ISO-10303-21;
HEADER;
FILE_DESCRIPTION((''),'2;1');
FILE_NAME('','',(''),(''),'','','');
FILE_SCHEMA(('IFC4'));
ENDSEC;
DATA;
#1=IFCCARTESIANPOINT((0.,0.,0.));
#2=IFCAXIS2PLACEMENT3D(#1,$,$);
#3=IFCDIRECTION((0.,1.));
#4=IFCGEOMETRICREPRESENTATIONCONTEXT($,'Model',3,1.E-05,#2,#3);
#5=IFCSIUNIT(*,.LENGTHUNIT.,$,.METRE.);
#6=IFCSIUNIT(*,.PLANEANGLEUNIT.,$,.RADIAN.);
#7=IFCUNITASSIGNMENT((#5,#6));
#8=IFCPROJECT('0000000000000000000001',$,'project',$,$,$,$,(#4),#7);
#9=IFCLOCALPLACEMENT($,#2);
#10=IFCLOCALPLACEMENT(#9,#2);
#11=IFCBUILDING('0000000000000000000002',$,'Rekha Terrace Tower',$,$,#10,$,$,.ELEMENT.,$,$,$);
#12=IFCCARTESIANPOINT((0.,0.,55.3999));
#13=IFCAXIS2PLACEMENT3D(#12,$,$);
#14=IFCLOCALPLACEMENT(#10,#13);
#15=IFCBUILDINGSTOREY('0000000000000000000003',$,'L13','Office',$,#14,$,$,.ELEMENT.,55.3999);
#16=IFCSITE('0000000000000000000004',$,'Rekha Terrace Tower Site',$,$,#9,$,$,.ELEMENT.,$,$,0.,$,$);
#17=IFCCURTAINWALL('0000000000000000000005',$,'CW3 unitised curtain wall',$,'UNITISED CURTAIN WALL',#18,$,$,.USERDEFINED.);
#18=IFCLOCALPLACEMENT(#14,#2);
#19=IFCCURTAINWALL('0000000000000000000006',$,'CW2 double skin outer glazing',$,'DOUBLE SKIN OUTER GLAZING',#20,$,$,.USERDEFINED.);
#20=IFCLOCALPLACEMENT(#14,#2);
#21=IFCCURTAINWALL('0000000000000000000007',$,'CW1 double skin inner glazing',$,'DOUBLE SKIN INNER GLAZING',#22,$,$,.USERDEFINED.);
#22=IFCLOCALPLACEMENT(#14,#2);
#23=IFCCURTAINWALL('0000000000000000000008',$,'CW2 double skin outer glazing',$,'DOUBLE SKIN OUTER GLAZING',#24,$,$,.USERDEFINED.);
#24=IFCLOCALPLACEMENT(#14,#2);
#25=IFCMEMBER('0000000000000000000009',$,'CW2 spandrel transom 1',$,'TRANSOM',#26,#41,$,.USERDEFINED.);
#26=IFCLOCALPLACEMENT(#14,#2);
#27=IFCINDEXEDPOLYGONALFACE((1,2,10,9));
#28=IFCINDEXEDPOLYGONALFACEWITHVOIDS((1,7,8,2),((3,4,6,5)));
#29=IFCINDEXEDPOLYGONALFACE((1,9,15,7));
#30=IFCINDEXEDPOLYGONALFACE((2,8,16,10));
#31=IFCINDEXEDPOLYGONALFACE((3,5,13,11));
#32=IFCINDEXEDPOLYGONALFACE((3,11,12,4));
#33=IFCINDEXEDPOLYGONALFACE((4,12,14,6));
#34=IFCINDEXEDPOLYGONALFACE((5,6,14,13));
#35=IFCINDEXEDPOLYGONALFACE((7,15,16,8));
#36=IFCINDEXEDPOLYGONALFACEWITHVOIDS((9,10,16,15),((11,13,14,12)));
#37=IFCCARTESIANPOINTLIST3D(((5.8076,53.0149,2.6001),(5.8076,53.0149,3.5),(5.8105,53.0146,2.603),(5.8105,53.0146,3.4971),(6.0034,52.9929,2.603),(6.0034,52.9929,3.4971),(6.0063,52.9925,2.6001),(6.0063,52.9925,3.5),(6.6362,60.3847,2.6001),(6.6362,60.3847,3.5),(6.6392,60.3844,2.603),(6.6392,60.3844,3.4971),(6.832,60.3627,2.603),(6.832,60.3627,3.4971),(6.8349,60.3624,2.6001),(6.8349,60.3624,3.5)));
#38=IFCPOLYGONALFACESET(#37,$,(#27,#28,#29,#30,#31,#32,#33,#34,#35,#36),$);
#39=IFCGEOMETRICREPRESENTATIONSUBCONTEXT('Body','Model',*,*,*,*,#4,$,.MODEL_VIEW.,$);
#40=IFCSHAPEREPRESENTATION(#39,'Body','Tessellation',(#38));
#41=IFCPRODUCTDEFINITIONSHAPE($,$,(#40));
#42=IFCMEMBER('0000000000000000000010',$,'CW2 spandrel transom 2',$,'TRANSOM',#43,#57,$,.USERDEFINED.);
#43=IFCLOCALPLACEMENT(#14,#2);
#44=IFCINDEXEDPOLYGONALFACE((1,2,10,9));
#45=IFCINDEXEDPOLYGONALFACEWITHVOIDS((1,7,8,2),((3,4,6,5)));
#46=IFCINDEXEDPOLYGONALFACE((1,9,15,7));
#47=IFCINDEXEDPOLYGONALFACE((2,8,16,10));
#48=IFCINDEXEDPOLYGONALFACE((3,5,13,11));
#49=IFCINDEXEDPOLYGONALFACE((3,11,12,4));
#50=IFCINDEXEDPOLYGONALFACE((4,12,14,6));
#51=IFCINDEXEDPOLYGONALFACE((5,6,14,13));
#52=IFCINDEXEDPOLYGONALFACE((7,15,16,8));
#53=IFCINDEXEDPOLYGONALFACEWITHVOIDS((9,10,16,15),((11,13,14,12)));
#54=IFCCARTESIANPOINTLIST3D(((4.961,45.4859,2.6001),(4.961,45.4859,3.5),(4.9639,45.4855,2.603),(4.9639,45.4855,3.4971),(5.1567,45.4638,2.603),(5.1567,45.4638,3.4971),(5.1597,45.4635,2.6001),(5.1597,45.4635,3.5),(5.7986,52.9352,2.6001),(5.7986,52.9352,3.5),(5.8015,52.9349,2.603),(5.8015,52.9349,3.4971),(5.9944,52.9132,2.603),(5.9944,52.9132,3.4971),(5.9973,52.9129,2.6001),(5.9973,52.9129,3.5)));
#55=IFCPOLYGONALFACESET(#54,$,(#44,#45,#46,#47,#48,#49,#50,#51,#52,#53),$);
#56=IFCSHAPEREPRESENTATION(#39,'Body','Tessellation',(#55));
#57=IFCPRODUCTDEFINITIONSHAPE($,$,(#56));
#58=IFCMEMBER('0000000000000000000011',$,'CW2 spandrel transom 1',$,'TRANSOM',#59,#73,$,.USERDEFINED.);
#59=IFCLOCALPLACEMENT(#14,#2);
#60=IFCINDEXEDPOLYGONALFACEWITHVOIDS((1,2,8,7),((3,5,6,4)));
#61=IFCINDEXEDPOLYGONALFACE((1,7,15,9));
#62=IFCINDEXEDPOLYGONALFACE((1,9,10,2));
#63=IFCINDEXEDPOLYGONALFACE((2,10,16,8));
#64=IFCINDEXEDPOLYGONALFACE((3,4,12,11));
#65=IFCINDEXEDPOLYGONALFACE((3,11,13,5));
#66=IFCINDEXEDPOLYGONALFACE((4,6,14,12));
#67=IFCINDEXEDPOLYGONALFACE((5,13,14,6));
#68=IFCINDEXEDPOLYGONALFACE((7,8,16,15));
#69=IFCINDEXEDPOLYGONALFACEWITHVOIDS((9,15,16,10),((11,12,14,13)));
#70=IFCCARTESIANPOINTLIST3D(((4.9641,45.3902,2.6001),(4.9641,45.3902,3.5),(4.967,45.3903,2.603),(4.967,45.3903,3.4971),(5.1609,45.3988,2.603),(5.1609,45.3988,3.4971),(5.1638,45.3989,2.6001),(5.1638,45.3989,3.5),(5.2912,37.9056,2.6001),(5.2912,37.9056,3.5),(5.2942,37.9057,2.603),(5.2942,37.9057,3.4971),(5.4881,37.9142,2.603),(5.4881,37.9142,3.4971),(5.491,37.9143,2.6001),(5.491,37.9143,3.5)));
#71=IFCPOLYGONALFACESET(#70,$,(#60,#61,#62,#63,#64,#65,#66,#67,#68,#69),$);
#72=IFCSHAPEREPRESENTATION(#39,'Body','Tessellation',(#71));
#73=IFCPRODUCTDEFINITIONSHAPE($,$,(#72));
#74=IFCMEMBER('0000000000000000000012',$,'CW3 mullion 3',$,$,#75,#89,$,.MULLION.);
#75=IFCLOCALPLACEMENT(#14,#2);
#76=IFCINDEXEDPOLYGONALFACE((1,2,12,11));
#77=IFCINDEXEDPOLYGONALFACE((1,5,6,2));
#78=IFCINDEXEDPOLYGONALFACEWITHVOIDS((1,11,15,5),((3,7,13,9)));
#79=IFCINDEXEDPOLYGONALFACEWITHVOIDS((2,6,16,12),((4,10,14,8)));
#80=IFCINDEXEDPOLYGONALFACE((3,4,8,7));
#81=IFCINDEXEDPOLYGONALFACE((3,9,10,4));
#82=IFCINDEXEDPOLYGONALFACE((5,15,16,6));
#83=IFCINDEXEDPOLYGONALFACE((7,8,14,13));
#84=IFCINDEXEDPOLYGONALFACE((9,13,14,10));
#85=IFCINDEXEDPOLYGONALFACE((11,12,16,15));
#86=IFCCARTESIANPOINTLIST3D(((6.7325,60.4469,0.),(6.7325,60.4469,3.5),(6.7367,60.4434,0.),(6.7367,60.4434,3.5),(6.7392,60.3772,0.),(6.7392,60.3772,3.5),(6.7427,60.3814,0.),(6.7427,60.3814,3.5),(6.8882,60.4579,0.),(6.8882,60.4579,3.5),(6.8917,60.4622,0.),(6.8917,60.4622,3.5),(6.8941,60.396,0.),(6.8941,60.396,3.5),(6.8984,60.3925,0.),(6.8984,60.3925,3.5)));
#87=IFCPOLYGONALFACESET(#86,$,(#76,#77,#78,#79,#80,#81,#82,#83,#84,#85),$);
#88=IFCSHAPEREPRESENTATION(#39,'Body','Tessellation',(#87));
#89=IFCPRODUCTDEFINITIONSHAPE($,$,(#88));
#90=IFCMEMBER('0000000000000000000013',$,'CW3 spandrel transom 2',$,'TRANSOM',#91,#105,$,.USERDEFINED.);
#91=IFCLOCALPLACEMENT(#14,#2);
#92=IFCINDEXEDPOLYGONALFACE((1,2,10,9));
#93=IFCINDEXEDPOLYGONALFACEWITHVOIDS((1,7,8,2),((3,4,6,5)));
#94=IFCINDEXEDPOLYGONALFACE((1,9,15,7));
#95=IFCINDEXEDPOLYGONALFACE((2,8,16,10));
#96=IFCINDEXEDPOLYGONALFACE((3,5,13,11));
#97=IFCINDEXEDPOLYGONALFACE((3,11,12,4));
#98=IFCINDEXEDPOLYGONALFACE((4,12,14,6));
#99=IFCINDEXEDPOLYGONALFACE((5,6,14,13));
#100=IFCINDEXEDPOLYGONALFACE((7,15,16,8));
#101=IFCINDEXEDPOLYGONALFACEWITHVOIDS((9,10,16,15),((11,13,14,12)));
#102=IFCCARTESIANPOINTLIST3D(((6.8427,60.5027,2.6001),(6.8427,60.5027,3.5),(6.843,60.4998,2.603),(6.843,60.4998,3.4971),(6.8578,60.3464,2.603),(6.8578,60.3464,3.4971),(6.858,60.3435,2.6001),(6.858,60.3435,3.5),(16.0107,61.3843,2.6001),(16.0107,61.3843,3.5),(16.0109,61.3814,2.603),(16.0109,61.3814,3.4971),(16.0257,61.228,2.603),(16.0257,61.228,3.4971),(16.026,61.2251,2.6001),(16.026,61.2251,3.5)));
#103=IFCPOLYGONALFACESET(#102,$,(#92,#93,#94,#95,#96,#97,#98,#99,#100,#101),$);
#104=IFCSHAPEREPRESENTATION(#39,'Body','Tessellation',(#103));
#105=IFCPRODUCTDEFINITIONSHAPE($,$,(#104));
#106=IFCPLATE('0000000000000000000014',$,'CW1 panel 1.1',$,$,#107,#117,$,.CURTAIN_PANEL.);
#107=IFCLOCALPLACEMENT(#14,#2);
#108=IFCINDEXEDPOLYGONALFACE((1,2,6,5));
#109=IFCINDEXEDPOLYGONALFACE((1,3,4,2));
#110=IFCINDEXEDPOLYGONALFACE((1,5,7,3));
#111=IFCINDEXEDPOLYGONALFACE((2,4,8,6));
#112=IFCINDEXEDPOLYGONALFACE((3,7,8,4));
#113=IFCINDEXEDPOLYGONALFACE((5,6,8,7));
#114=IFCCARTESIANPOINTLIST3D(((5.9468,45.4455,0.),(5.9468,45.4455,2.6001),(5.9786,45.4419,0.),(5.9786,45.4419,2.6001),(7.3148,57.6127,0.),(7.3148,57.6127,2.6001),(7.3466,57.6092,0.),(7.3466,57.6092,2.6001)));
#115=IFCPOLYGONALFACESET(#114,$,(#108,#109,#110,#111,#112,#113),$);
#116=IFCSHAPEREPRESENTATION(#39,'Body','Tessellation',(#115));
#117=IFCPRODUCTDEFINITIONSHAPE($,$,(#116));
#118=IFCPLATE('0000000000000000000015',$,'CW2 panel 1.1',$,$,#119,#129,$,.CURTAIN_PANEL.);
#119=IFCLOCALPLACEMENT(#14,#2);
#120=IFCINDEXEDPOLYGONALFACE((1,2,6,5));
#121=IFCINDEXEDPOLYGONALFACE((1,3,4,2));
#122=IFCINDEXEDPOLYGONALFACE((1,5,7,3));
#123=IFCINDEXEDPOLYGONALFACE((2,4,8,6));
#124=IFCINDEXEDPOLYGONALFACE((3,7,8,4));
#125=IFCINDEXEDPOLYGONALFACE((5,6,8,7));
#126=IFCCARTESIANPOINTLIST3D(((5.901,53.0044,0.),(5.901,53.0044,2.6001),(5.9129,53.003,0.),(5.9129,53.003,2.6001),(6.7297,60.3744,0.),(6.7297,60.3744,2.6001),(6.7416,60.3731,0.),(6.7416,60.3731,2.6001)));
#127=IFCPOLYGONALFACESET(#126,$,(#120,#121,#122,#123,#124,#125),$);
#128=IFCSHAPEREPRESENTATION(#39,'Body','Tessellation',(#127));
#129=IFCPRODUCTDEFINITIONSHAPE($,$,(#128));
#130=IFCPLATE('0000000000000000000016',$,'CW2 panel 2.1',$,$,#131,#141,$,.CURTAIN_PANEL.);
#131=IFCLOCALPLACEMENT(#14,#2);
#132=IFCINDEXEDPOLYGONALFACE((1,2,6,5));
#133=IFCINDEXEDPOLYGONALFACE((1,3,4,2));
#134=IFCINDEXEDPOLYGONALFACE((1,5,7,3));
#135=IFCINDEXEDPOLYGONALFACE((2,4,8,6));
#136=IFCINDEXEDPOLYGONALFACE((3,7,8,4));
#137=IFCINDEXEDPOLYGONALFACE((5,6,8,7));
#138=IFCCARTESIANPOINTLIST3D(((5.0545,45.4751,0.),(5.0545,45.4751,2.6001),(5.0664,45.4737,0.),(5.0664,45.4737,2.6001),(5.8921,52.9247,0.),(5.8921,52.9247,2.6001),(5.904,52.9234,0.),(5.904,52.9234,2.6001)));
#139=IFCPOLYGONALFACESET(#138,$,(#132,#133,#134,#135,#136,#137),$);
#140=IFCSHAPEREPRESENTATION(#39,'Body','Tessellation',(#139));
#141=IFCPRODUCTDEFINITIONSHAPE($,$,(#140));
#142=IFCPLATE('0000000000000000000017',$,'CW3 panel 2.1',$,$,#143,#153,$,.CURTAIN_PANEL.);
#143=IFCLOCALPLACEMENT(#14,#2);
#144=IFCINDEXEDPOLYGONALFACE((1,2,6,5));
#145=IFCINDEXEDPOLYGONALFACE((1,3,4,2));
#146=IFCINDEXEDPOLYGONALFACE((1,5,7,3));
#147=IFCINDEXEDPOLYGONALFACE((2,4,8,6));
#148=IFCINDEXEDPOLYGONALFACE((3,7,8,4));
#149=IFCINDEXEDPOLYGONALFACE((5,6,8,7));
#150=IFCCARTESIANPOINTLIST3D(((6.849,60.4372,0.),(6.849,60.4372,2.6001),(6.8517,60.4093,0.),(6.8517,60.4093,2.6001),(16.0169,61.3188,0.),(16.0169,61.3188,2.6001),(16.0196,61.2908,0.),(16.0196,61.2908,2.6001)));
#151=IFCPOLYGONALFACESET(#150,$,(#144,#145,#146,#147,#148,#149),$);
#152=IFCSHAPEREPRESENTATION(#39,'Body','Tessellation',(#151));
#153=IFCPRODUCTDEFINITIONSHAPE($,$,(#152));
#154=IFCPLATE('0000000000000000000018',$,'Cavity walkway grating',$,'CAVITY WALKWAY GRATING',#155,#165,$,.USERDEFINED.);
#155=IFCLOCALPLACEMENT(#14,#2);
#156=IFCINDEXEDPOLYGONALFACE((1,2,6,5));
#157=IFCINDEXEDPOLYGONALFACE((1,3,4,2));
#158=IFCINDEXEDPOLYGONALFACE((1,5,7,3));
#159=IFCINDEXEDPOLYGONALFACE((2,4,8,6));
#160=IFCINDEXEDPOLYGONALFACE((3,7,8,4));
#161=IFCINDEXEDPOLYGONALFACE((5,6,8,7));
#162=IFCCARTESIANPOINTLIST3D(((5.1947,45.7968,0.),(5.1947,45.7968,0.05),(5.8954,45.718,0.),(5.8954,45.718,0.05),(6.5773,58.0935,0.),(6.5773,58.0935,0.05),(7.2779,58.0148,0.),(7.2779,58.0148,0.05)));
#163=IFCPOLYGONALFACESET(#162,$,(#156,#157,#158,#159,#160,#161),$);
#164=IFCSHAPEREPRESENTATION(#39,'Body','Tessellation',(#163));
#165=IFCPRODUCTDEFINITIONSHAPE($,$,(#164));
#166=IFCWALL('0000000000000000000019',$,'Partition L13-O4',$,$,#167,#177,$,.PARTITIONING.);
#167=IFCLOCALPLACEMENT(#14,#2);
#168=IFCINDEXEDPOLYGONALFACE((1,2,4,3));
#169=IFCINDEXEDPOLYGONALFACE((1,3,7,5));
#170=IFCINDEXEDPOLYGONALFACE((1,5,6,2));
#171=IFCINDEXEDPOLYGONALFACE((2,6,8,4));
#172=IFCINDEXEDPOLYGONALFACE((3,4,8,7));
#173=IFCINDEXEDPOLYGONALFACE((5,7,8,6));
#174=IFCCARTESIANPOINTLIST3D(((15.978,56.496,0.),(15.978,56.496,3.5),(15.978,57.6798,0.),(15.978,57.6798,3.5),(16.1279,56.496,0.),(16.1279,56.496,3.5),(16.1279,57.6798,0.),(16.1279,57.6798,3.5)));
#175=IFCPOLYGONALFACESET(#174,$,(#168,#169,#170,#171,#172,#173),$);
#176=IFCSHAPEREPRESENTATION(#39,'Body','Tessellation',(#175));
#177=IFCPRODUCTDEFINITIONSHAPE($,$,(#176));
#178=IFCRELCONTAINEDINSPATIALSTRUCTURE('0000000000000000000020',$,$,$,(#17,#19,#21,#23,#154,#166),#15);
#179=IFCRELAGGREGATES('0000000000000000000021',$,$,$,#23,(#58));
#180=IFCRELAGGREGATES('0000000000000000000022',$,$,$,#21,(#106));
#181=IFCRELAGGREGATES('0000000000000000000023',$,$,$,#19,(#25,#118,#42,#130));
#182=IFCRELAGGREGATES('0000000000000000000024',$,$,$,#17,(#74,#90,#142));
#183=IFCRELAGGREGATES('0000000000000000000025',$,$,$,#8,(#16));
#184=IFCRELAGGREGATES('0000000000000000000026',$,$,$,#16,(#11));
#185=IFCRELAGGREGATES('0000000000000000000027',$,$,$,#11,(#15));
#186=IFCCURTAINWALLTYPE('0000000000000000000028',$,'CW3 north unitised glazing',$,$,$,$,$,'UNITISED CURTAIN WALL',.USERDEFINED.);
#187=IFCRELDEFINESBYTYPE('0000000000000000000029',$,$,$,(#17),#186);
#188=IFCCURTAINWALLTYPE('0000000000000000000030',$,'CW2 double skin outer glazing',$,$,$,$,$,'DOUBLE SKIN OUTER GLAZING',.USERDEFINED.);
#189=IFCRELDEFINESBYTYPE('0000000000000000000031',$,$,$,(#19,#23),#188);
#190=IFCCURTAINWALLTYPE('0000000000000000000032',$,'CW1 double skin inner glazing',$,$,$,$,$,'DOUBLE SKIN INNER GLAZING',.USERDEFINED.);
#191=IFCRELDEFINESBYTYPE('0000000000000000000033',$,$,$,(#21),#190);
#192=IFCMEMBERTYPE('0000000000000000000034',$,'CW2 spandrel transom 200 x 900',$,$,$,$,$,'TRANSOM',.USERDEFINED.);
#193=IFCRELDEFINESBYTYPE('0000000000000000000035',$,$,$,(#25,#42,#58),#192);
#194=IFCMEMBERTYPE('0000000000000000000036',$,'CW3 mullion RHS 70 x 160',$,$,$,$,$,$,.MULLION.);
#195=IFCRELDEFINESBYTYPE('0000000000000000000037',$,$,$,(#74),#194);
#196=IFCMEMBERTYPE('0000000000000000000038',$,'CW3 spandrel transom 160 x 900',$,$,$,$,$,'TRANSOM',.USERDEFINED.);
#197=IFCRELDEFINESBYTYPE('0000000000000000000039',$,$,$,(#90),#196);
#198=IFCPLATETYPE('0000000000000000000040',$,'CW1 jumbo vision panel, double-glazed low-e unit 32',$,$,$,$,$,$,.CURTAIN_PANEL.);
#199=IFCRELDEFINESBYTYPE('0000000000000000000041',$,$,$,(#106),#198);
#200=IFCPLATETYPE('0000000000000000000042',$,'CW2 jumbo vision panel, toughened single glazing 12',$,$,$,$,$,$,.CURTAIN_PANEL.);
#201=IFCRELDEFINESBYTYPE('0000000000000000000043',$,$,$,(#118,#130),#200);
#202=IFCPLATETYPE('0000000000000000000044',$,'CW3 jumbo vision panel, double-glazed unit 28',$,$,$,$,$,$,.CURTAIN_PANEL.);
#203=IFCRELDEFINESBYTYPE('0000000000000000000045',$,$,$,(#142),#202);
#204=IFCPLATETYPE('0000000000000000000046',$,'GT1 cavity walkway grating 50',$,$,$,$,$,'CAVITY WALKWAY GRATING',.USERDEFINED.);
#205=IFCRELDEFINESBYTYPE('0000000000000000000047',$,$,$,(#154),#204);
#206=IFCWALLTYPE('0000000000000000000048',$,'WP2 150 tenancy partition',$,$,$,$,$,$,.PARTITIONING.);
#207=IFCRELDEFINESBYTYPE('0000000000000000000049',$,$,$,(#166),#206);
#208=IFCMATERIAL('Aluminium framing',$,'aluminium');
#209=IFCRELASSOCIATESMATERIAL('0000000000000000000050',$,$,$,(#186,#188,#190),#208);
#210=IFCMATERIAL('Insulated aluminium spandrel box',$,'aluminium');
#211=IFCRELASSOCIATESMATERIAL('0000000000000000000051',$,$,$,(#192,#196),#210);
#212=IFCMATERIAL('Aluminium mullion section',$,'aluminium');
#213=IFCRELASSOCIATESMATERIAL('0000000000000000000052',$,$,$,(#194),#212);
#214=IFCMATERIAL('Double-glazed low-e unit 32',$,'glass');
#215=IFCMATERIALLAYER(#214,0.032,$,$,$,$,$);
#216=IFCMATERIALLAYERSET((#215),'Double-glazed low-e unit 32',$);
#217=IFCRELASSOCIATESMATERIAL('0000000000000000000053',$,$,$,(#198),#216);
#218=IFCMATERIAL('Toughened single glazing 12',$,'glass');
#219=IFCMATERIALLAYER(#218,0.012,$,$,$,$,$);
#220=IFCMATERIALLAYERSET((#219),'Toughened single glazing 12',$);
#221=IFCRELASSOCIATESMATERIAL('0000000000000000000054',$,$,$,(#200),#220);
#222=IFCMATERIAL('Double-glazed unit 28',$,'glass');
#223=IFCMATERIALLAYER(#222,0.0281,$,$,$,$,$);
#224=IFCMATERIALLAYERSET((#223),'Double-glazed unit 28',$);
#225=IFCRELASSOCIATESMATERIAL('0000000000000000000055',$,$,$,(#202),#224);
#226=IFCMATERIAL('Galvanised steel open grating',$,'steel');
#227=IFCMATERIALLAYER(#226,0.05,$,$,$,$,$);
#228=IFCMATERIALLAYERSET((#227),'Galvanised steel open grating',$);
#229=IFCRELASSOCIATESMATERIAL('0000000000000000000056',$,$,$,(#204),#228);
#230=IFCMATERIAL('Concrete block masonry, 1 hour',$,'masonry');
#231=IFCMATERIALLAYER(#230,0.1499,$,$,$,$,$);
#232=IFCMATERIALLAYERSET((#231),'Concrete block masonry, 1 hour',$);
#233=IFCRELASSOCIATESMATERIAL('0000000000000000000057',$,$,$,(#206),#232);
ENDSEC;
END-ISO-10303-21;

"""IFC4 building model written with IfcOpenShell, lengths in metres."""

from ifc_helpers import new_model, si_unit, direction, frame, frame_2d, origin, origin_2d, place, context, subcontext, project, spatial, rectangle, hollow_rectangle, extrude, material, layer, layer_set, material_profile, profile_set, type_object, element, aggregate, save


model = new_model("IFC4")

# Units and contexts
model_context = context("Model", 3, precision=1e-05, world=origin(), true_north=direction((0.0, 1.0)))
body_context = subcontext(model_context, "Body", "Model", "MODEL_VIEW")
ifc_project = project(units=[si_unit("LENGTHUNIT", "METRE"), si_unit("PLANEANGLEUNIT", "RADIAN")], contexts=[model_context])

# Site, building, storey
site_placement = place(None, origin())
site = spatial("IfcSite", under=ifc_project, at=site_placement, Name="Rekha Terrace Tower Site", CompositionType="ELEMENT", RefElevation=0.0)
building_placement = place(site_placement, origin())
building = spatial("IfcBuilding", under=site, at=building_placement, Name="Rekha Terrace Tower", CompositionType="ELEMENT")
storey_placement = place(building_placement, frame((0.0, 0.0, 55.3999)))
storey = spatial("IfcBuildingStorey", under=building, at=storey_placement, Name="L13", Description="Office", CompositionType="ELEMENT", Elevation=55.3999)

# Curtain walls
ifc_material_1 = material(Name="Aluminium framing", Category="aluminium")
curtain_wall_type_1 = type_object("IfcCurtainWallType", Name="CW3 north unitised glazing", ElementType="UNITISED CURTAIN WALL", PredefinedType="USERDEFINED", material=ifc_material_1)
curtain_wall_1_placement = place(storey_placement, origin())
curtain_wall_1 = element("IfcCurtainWall", 1, at=curtain_wall_1_placement, inside=storey, type_object=curtain_wall_type_1, Name="CW3 unitised curtain wall", ObjectType="UNITISED CURTAIN WALL", PredefinedType="USERDEFINED")
curtain_wall_type_2 = type_object("IfcCurtainWallType", Name="CW2 double skin outer glazing", ElementType="DOUBLE SKIN OUTER GLAZING", PredefinedType="USERDEFINED", material=ifc_material_1)
curtain_wall_2_placement = place(storey_placement, origin())
curtain_wall_2 = element("IfcCurtainWall", 2, at=curtain_wall_2_placement, inside=storey, type_object=curtain_wall_type_2, Name="CW2 double skin outer glazing", ObjectType="DOUBLE SKIN OUTER GLAZING", PredefinedType="USERDEFINED")
curtain_wall_type_3 = type_object("IfcCurtainWallType", Name="CW1 double skin inner glazing", ElementType="DOUBLE SKIN INNER GLAZING", PredefinedType="USERDEFINED", material=ifc_material_1)
curtain_wall_3_placement = place(storey_placement, origin())
curtain_wall_3 = element("IfcCurtainWall", 3, at=curtain_wall_3_placement, inside=storey, type_object=curtain_wall_type_3, Name="CW1 double skin inner glazing", ObjectType="DOUBLE SKIN INNER GLAZING", PredefinedType="USERDEFINED")
ifc_material_2 = material(Name="Aluminium mullion section", Category="aluminium")

# Shared definitions
ifc_material_3 = material(Name="Insulated aluminium spandrel box", Category="aluminium")

# Curtain wall
curtain_wall_4_placement = place(storey_placement, origin())
curtain_wall_4 = element("IfcCurtainWall", 4, at=curtain_wall_4_placement, inside=storey, type_object=curtain_wall_type_2, Name="CW2 double skin outer glazing", ObjectType="DOUBLE SKIN OUTER GLAZING", PredefinedType="USERDEFINED")

# Members
ifc_material_profile_1 = material_profile(ifc_material_3, hollow_rectangle(XDim=0.2, YDim=0.8999, WallThickness=0.0029, at=origin_2d()), Name="AL SPANDREL BOX 200x900")
ifc_profile_set_1 = profile_set([ifc_material_profile_1], Name="Insulated aluminium spandrel box")
member_type_1 = type_object("IfcMemberType", Name="CW2 spandrel transom 200 x 900", ElementType="TRANSOM", PredefinedType="USERDEFINED", material=ifc_profile_set_1)
member_1_placement = place(storey_placement, frame((6.7356, 60.3735, 3.05), z_axis=(-0.111729, -0.993739, 0.0), x_axis=(0.993739, -0.111729, 0.0)))
member_1 = element("IfcMember", 5, at=member_1_placement, type_object=member_type_1, Name="CW2 spandrel transom 1", ObjectType="TRANSOM", PredefinedType="USERDEFINED", context=body_context, shape_type="SweptSolid", body=[
    extrude(hollow_rectangle(XDim=0.2, YDim=0.8999, WallThickness=0.0029, at=origin_2d()), origin(), (0.0, 0.0, 1.0), 7.4163),
])
member_2_placement = place(storey_placement, frame((5.8979, 52.9241, 3.05), z_axis=(-0.11174, -0.993738, 0.0), x_axis=(0.993738, -0.11174, 0.0)))
member_2 = element("IfcMember", 6, at=member_2_placement, type_object=member_type_1, Name="CW2 spandrel transom 2", ObjectType="TRANSOM", PredefinedType="USERDEFINED", context=body_context, shape_type="SweptSolid", body=[
    extrude(hollow_rectangle(XDim=0.2, YDim=0.8999, WallThickness=0.0029, at=origin_2d()), origin(), (0.0, 0.0, 1.0), 7.4963),
])
member_3_placement = place(storey_placement, frame((5.064, 45.3945, 3.05), z_axis=(0.043668, -0.999046, 0.0), x_axis=(0.999046, 0.043668, 0.0)))
member_3 = element("IfcMember", 7, at=member_3_placement, type_object=member_type_1, Name="CW2 spandrel transom 1", ObjectType="TRANSOM", PredefinedType="USERDEFINED", context=body_context, shape_type="SweptSolid", body=[
    extrude(hollow_rectangle(XDim=0.2, YDim=0.8999, WallThickness=0.0029, at=origin_2d()), origin(), (0.0, 0.0, 1.0), 7.4917),
])
aggregate(curtain_wall_4, [member_3])
ifc_material_profile_2 = material_profile(ifc_material_2, hollow_rectangle(XDim=0.0701, YDim=0.1599, WallThickness=0.0039, at=origin_2d()), Name="AL RHS 70x160")
ifc_profile_set_2 = profile_set([ifc_material_profile_2], Name="Aluminium mullion section")
member_type_2 = type_object("IfcMemberType", Name="CW3 mullion RHS 70 x 160", PredefinedType="MULLION", material=ifc_profile_set_2)
member_4_placement = place(storey_placement, frame((6.8154, 60.4197, 0.0), z_axis=(0.0, 0.0, 1.0), x_axis=(0.095712, -0.995409, 0.0)))
member_4 = element("IfcMember", 8, at=member_4_placement, type_object=member_type_2, Name="CW3 mullion 3", PredefinedType="MULLION", context=body_context, shape_type="SweptSolid", body=[
    extrude(hollow_rectangle(XDim=0.0701, YDim=0.1599, WallThickness=0.0039, at=origin_2d()), origin(), (0.0, 0.0, 1.0), 3.5),
])
ifc_material_profile_3 = material_profile(ifc_material_3, hollow_rectangle(XDim=0.1599, YDim=0.8999, WallThickness=0.0029, at=origin_2d()), Name="AL SPANDREL BOX 160x900")
ifc_profile_set_3 = profile_set([ifc_material_profile_3], Name="Insulated aluminium spandrel box")
member_type_3 = type_object("IfcMemberType", Name="CW3 spandrel transom 160 x 900", ElementType="TRANSOM", PredefinedType="USERDEFINED", material=ifc_profile_set_3)
member_5_placement = place(storey_placement, frame((16.0183, 61.3047, 3.05), z_axis=(-0.995408, -0.095718, 0.0), x_axis=(0.095718, -0.995408, 0.0)))
member_5 = element("IfcMember", 9, at=member_5_placement, type_object=member_type_3, Name="CW3 spandrel transom 2", ObjectType="TRANSOM", PredefinedType="USERDEFINED", context=body_context, shape_type="SweptSolid", body=[
    extrude(hollow_rectangle(XDim=0.1599, YDim=0.8999, WallThickness=0.0029, at=origin_2d()), origin(), (0.0, 0.0, 1.0), 9.2102),
])

# Plates
ifc_material_4 = material(Name="Double-glazed low-e unit 32", Category="glass")
ifc_layer_1 = layer(ifc_material_4, 0.032)
ifc_layer_set_1 = layer_set([ifc_layer_1], Name="Double-glazed low-e unit 32")
plate_type_1 = type_object("IfcPlateType", Name="CW1 jumbo vision panel, double-glazed low-e unit 32", PredefinedType="CURTAIN_PANEL", material=ifc_layer_set_1)
plate_1_placement = place(storey_placement, frame((6.6467, 51.5273, 0.0), z_axis=(0.0, 0.0, 1.0), x_axis=(-0.11173, -0.993739, 0.0)))
plate_1 = element("IfcPlate", 10, at=plate_1_placement, type_object=plate_type_1, Name="CW1 panel 1.1", PredefinedType="CURTAIN_PANEL", context=body_context, shape_type="SweptSolid", body=[
    extrude(rectangle(XDim=12.2439, YDim=0.032, at=origin_2d()), origin(), (0.0, 0.0, 1.0), 2.6001),
])
aggregate(curtain_wall_3, [plate_1])
ifc_material_5 = material(Name="Toughened single glazing 12", Category="glass")
ifc_layer_2 = layer(ifc_material_5, 0.012)
ifc_layer_set_2 = layer_set([ifc_layer_2], Name="Toughened single glazing 12")
plate_type_2 = type_object("IfcPlateType", Name="CW2 jumbo vision panel, toughened single glazing 12", PredefinedType="CURTAIN_PANEL", material=ifc_layer_set_2)
plate_2_placement = place(storey_placement, frame((6.3213, 56.6887, 0.0), z_axis=(0.0, 0.0, 1.0), x_axis=(-0.11173, -0.993739, 0.0)))
plate_2 = element("IfcPlate", 11, at=plate_2_placement, type_object=plate_type_2, Name="CW2 panel 1.1", PredefinedType="CURTAIN_PANEL", context=body_context, shape_type="SweptSolid", body=[
    extrude(rectangle(XDim=7.4165, YDim=0.012, at=origin_2d()), origin(), (0.0, 0.0, 1.0), 2.6001),
])
plate_3_placement = place(storey_placement, frame((5.4792, 49.1992, 0.0), z_axis=(0.0, 0.0, 1.0), x_axis=(-0.11173, -0.993739, 0.0)))
plate_3 = element("IfcPlate", 12, at=plate_3_placement, type_object=plate_type_2, Name="CW2 panel 2.1", PredefinedType="CURTAIN_PANEL", context=body_context, shape_type="SweptSolid", body=[
    extrude(rectangle(XDim=7.4966, YDim=0.012, at=origin_2d()), origin(), (0.0, 0.0, 1.0), 2.6001),
])
aggregate(curtain_wall_2, [member_1, plate_2, member_2, plate_3])
ifc_material_6 = material(Name="Double-glazed unit 28", Category="glass")
ifc_layer_3 = layer(ifc_material_6, 0.0281)
ifc_layer_set_3 = layer_set([ifc_layer_3], Name="Double-glazed unit 28")
plate_type_3 = type_object("IfcPlateType", Name="CW3 jumbo vision panel, double-glazed unit 28", PredefinedType="CURTAIN_PANEL", material=ifc_layer_set_3)
plate_4_placement = place(storey_placement, frame((11.4343, 60.864, 0.0), z_axis=(0.0, 0.0, 1.0), x_axis=(-0.995409, -0.095712, 0.0)))
plate_4 = element("IfcPlate", 13, at=plate_4_placement, type_object=plate_type_3, Name="CW3 panel 2.1", PredefinedType="CURTAIN_PANEL", context=body_context, shape_type="SweptSolid", body=[
    extrude(rectangle(XDim=9.2102, YDim=0.0281, at=origin_2d()), origin(), (0.0, 0.0, 1.0), 2.6001),
])
aggregate(curtain_wall_1, [member_4, member_5, plate_4])
ifc_material_7 = material(Name="Galvanised steel open grating", Category="steel")
ifc_layer_4 = layer(ifc_material_7, 0.05)
ifc_layer_set_4 = layer_set([ifc_layer_4], Name="Galvanised steel open grating")
plate_type_4 = type_object("IfcPlateType", Name="GT1 cavity walkway grating 50", ElementType="CAVITY WALKWAY GRATING", PredefinedType="USERDEFINED", material=ifc_layer_set_4)
plate_5_placement = place(storey_placement, frame((6.2363, 51.9058, 0.0), z_axis=(0.0, 0.0, 1.0), x_axis=(-0.11173, -0.993739, 0.0)))
element("IfcPlate", 14, at=plate_5_placement, inside=storey, type_object=plate_type_4, Name="Cavity walkway grating", ObjectType="CAVITY WALKWAY GRATING", PredefinedType="USERDEFINED", context=body_context, shape_type="SweptSolid", body=[
    extrude(rectangle(XDim=12.3743, YDim=0.7051, at=origin_2d()), origin(), (0.0, 0.0, 1.0), 0.05),
])

# Wall
ifc_material_8 = material(Name="Concrete block masonry, 1 hour", Category="masonry")
ifc_layer_5 = layer(ifc_material_8, 0.1499)
ifc_layer_set_5 = layer_set([ifc_layer_5], Name="Concrete block masonry, 1 hour")
wall_type_1 = type_object("IfcWallType", Name="WP2 150 tenancy partition", PredefinedType="PARTITIONING", material=ifc_layer_set_5)
wall_1_placement = place(storey_placement, frame((16.053, 56.4961, 0.0), z_axis=(0.0, 0.0, 1.0), x_axis=(0.0, 1.0, 0.0)))
element("IfcWall", 15, at=wall_1_placement, inside=storey, type_object=wall_type_1, Name="Partition L13-O4", PredefinedType="PARTITIONING", context=body_context, shape_type="SweptSolid", body=[
    extrude(rectangle(XDim=1.1838, YDim=0.1499, at=frame_2d((0.5918, 0.0))), origin(), (0.0, 0.0, 1.0), 3.5),
])

save(model, "model.ifc")
